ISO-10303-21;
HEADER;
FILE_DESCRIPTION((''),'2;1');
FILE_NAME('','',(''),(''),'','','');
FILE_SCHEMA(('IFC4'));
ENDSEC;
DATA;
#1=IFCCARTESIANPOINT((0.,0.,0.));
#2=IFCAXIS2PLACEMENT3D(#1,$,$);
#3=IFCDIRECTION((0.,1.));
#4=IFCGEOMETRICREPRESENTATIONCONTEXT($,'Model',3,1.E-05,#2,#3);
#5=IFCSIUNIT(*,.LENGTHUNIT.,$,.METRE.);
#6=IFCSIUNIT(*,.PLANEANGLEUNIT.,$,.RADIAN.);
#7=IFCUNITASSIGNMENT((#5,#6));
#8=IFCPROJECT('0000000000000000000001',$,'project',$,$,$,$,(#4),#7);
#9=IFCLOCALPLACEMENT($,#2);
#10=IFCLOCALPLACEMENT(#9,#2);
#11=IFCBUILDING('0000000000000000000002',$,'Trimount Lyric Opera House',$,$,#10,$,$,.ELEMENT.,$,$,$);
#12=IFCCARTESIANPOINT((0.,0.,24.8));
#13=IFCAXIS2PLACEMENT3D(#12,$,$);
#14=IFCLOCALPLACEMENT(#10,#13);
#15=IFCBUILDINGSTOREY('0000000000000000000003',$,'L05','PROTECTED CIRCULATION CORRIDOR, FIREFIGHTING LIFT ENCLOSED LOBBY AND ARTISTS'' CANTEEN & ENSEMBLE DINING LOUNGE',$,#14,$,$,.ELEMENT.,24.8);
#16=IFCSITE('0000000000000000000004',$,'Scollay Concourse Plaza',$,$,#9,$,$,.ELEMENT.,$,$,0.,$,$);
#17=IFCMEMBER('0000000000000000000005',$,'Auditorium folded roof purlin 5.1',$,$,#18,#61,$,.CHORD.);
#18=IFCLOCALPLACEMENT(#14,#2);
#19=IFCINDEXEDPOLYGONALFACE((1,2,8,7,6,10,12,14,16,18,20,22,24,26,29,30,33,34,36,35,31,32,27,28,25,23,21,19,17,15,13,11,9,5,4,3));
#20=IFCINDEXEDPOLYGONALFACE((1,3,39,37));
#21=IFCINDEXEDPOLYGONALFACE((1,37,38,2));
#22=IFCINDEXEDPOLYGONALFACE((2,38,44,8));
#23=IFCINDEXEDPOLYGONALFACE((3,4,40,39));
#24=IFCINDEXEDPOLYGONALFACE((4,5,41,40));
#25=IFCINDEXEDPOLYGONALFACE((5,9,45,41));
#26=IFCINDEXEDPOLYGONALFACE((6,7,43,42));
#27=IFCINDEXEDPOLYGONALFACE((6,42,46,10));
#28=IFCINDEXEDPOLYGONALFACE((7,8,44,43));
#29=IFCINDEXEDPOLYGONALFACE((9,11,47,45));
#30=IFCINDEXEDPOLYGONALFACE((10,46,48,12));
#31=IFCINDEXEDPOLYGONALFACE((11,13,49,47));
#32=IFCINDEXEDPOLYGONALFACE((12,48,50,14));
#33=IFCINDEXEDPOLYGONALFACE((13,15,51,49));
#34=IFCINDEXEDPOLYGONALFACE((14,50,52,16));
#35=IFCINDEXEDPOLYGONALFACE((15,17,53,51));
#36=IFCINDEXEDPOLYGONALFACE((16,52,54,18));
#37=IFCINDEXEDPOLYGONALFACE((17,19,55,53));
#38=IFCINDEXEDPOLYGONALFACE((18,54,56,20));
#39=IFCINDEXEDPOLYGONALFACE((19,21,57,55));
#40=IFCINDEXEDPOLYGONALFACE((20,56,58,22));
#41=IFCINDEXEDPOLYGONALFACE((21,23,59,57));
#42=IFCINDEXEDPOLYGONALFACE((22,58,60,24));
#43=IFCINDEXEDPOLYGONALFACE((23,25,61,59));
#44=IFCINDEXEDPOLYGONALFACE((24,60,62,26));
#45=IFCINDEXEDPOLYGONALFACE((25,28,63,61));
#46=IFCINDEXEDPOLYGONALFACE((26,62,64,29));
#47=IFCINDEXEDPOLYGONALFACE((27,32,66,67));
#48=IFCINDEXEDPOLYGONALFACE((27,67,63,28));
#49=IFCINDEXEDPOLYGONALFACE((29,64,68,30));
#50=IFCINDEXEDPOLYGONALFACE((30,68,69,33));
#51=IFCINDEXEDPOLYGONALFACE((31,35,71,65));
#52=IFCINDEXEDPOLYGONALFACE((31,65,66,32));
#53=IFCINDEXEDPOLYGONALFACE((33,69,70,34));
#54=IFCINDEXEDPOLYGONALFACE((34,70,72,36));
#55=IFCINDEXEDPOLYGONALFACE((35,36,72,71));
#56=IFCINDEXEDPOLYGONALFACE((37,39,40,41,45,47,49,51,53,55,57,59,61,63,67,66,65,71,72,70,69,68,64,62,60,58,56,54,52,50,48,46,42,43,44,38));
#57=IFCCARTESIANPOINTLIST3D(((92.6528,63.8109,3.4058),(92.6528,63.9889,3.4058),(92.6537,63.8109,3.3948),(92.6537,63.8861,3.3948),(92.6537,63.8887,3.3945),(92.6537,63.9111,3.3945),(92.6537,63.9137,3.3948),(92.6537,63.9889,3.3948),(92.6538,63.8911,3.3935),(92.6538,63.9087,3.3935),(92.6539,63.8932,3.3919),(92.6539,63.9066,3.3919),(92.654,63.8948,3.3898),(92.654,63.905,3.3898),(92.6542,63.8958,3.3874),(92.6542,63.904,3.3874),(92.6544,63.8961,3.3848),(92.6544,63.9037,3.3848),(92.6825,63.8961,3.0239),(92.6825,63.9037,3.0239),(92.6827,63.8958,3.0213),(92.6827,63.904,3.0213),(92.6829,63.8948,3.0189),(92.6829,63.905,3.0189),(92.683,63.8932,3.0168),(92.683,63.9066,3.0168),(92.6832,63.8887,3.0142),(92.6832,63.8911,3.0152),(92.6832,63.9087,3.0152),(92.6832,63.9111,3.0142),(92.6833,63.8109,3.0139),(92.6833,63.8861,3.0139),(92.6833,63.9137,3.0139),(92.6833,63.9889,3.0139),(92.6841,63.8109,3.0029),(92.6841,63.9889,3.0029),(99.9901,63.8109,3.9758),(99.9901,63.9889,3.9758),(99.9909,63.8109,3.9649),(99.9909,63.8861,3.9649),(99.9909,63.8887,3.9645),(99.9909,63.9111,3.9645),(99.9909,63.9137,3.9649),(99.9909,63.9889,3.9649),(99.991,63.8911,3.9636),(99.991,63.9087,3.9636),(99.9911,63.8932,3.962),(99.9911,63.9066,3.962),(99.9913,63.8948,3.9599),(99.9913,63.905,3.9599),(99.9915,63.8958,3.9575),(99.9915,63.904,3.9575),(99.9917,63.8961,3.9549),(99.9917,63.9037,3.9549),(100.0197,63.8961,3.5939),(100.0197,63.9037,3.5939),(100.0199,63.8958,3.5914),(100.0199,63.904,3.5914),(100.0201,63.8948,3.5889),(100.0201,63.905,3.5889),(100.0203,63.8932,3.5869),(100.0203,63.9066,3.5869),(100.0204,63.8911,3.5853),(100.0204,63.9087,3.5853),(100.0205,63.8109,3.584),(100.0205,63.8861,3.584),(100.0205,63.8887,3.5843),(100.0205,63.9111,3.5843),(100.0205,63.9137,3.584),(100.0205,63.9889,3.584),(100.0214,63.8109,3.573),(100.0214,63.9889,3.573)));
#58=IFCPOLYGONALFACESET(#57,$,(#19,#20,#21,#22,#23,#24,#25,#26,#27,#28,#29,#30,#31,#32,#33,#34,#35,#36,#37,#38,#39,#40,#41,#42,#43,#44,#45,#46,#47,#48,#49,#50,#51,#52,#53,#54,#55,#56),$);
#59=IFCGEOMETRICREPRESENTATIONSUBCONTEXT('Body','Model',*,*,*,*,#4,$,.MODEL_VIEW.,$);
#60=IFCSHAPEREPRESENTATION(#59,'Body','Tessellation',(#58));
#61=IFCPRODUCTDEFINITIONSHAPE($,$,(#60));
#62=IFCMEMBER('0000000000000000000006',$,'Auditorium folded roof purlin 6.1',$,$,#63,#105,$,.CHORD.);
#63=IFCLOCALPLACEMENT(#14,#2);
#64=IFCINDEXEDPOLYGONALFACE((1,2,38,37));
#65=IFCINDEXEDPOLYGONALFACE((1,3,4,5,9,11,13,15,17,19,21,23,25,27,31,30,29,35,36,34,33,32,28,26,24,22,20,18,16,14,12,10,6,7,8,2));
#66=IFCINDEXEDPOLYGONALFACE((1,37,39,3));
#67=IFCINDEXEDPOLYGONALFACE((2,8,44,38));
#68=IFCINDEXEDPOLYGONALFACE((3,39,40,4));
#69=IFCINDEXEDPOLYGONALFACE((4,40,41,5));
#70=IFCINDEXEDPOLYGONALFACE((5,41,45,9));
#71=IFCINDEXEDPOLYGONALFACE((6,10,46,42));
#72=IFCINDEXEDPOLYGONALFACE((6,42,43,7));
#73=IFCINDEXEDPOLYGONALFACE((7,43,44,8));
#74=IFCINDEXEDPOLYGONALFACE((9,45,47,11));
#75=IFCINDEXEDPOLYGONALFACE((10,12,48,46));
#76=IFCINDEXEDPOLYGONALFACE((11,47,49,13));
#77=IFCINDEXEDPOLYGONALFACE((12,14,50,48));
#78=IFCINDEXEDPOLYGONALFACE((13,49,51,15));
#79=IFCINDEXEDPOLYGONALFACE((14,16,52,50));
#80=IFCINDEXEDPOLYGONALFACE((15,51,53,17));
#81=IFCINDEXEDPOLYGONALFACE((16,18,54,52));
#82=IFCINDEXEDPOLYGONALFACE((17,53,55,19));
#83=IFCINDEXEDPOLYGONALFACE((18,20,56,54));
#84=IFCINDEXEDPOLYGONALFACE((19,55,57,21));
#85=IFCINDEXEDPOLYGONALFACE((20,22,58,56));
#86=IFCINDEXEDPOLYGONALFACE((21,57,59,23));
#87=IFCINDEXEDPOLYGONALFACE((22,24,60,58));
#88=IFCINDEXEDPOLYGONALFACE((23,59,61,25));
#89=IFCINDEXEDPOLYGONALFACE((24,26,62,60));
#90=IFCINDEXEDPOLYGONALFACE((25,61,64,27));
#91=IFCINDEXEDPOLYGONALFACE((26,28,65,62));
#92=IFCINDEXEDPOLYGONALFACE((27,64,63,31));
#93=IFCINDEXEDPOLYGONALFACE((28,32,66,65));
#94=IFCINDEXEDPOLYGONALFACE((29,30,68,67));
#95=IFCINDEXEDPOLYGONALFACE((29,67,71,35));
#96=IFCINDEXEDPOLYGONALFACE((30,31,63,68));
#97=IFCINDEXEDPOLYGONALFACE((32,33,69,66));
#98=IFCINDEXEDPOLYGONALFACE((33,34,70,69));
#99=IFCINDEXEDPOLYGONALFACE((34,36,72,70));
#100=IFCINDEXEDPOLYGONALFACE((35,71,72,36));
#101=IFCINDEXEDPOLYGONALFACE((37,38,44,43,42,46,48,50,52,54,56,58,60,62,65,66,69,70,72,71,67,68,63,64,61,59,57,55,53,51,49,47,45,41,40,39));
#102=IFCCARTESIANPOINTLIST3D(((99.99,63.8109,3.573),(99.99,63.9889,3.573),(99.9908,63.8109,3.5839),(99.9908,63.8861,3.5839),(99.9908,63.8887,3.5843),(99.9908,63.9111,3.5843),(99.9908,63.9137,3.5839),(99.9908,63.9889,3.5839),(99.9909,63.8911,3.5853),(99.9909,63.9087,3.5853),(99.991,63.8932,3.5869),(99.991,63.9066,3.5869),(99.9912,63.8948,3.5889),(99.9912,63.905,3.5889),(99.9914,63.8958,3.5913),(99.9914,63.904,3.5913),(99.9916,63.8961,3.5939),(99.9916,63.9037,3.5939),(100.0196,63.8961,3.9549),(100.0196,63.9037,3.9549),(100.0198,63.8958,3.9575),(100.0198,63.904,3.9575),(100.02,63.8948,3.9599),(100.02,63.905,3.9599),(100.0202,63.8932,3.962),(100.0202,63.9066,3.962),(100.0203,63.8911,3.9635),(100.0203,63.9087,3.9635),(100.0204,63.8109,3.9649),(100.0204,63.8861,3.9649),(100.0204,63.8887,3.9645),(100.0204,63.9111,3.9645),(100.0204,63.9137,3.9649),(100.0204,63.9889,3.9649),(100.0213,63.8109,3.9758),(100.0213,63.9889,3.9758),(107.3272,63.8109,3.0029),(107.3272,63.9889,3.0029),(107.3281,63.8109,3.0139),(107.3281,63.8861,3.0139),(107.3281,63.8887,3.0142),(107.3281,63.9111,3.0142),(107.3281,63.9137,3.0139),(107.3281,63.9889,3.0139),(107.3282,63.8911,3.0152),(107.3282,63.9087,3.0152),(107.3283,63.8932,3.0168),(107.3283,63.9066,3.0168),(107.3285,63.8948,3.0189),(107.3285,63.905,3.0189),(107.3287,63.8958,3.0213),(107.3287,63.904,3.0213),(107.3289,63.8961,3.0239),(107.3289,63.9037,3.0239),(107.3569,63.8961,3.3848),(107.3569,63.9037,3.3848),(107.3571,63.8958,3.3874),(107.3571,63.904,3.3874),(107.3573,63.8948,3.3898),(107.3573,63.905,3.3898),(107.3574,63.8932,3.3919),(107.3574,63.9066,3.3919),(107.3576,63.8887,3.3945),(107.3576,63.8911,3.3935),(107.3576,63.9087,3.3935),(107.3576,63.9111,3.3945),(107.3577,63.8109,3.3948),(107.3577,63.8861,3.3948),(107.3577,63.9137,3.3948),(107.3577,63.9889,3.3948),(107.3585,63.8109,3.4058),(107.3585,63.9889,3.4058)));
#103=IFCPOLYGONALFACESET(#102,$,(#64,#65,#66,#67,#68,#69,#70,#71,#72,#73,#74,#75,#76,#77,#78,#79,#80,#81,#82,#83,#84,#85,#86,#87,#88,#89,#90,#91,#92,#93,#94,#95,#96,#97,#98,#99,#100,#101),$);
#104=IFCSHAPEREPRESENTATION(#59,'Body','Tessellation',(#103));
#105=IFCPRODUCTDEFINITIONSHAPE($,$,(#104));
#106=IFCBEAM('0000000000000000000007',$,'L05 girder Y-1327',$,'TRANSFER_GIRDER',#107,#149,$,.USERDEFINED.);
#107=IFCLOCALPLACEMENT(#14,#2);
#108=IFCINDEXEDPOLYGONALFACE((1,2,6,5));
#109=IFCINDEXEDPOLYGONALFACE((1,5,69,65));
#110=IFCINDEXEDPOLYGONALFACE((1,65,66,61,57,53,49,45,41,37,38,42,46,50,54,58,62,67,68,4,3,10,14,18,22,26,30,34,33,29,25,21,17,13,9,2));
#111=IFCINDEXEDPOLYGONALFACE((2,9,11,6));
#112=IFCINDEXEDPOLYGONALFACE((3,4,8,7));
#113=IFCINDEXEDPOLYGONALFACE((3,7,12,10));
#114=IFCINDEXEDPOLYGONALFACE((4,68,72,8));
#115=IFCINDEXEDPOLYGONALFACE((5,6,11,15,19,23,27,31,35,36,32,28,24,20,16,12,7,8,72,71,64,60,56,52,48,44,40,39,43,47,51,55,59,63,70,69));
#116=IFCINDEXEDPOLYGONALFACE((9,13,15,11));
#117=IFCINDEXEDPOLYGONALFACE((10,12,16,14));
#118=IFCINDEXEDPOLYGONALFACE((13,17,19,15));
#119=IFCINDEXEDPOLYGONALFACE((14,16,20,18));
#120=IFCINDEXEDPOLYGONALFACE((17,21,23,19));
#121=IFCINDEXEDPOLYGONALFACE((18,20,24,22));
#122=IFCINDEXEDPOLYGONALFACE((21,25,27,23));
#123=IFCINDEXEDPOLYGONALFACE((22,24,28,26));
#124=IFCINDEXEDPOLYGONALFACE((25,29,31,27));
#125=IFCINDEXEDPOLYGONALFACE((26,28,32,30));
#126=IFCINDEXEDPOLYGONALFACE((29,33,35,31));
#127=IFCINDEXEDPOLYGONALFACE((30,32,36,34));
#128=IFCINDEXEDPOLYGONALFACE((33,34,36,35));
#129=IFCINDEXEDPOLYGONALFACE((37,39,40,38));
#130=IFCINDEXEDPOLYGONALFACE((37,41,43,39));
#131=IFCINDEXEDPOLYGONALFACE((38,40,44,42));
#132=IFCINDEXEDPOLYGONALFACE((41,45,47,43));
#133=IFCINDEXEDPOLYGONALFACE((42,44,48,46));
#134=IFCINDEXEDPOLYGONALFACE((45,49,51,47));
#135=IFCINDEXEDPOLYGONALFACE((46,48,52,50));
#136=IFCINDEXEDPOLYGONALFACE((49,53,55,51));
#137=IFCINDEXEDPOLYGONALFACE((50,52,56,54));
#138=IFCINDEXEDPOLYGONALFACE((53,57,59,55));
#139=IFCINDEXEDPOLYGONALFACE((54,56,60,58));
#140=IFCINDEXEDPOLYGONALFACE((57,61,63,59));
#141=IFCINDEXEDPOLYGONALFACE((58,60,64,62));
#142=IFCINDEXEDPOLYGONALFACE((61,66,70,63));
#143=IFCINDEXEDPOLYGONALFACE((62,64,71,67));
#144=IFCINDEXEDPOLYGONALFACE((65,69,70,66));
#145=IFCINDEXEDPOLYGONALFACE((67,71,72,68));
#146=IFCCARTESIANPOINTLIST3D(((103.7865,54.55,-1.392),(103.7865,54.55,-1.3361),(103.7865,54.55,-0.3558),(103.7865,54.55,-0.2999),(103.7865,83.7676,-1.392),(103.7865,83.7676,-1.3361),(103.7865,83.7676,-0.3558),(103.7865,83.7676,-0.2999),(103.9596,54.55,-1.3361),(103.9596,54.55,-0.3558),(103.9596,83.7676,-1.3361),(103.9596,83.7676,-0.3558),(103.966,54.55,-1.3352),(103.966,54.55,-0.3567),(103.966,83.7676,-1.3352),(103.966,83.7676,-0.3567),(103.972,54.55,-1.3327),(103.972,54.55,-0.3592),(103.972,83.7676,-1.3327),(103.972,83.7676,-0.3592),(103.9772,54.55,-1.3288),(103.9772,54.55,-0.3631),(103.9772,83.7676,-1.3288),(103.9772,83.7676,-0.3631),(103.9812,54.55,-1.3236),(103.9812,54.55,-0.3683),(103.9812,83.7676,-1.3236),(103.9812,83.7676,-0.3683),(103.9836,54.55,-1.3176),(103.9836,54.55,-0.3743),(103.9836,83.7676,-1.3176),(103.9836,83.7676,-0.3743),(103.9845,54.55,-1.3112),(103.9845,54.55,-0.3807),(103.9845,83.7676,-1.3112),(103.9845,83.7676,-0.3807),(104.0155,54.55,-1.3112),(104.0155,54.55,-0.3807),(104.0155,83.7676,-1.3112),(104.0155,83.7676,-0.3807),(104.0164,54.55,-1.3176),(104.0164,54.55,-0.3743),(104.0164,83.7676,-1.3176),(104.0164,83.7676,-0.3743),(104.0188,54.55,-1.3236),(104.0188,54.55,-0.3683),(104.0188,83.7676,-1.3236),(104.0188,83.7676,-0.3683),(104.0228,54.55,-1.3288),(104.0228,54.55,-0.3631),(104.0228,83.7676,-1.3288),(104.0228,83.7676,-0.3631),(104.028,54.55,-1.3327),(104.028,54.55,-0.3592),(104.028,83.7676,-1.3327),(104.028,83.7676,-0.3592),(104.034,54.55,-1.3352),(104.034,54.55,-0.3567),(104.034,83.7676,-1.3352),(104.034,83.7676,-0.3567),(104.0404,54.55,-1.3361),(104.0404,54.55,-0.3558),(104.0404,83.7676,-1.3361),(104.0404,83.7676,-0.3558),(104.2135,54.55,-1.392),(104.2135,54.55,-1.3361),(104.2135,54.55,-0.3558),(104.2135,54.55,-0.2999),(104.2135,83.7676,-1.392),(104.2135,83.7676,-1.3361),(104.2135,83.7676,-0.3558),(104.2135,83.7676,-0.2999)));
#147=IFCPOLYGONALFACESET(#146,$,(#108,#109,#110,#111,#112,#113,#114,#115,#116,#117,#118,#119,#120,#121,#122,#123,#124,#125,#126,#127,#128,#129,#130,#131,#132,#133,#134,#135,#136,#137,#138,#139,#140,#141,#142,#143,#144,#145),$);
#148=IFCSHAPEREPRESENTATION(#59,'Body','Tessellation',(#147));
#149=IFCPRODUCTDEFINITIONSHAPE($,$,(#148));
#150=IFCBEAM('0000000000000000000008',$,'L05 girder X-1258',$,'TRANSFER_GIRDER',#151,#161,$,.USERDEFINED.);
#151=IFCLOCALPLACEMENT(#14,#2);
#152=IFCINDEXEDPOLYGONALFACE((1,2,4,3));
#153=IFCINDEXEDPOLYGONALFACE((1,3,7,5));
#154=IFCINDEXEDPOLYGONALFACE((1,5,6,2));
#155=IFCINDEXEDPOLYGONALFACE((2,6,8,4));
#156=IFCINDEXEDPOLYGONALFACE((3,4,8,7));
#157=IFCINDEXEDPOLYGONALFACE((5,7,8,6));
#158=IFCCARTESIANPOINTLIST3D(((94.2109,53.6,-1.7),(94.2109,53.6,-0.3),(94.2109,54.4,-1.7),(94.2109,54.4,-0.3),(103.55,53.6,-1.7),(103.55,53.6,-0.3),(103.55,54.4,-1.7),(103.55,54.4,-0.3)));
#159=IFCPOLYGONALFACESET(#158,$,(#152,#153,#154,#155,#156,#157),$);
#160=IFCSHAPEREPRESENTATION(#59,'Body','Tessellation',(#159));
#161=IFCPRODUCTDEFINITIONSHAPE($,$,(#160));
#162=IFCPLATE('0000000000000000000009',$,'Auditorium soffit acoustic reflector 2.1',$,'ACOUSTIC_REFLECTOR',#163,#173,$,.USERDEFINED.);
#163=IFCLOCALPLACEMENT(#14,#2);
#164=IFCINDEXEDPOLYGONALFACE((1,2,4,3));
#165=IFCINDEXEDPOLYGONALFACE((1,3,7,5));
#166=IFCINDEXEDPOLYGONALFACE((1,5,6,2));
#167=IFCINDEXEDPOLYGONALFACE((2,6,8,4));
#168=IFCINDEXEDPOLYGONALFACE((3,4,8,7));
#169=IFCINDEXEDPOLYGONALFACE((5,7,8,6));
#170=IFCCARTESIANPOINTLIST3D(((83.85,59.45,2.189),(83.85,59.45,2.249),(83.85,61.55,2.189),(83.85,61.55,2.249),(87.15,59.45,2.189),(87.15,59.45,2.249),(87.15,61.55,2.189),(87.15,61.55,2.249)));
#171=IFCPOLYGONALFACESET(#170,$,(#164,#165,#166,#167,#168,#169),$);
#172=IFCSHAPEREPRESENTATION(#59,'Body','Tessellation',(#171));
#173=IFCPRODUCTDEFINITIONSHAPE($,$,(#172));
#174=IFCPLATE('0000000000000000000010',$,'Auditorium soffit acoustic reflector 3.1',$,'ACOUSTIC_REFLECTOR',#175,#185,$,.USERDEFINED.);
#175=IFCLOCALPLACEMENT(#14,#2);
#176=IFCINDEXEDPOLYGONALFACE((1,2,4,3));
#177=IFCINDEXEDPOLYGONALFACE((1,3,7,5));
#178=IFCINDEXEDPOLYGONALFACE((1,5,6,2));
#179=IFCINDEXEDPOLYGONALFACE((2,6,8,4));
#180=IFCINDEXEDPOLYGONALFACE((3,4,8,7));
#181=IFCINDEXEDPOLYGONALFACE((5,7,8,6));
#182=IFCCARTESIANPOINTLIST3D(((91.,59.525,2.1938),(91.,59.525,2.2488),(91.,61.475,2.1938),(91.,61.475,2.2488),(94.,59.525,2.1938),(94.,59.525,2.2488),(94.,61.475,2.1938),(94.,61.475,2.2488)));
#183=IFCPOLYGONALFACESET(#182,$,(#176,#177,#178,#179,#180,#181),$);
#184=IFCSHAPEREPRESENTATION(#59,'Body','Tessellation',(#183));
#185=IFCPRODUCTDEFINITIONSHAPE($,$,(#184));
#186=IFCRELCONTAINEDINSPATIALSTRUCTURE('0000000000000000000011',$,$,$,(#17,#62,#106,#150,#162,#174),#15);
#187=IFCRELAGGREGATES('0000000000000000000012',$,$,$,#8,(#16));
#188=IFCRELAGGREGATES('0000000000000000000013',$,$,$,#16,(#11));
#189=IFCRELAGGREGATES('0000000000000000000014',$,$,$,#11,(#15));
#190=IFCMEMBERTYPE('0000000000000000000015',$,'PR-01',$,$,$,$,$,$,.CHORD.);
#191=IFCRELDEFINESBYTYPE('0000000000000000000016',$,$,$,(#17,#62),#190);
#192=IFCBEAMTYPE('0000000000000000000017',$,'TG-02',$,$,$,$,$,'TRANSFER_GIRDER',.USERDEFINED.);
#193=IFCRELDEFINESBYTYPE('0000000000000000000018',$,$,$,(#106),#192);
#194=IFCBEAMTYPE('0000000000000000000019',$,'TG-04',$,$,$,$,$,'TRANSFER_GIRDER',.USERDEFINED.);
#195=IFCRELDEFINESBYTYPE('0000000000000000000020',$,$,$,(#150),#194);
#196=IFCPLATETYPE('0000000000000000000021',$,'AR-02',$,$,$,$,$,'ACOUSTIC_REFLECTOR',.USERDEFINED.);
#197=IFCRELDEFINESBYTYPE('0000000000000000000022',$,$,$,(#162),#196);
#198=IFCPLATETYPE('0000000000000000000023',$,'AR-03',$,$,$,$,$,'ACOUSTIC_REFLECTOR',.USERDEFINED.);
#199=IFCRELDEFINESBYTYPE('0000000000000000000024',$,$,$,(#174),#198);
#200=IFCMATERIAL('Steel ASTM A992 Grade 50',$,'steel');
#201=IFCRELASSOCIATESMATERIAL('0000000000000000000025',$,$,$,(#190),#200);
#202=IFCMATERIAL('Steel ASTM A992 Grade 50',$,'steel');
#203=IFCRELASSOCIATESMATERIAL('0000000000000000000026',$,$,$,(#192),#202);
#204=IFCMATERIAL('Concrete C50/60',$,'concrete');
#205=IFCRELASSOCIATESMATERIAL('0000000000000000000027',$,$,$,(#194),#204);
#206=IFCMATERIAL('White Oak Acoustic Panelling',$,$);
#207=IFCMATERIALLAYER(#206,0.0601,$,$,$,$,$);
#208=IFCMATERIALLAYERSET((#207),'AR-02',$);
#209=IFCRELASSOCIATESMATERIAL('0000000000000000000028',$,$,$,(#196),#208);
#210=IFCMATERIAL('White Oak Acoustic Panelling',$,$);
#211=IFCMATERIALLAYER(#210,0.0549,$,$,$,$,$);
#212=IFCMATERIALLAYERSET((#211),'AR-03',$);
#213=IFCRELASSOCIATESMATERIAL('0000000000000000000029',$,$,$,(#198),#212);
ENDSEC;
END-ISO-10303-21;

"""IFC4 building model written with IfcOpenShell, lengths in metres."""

from ifc_helpers import new_model, si_unit, direction, frame, origin, origin_2d, place, context, subcontext, project, spatial, rectangle, i_section, extrude, material, layer, layer_set, material_profile, profile_set, type_object, element, save


model = new_model("IFC4")

# Units and contexts
model_context = context("Model", 3, precision=1e-05, world=origin(), true_north=direction((0.0, 1.0)))
body_context = subcontext(model_context, "Body", "Model", "MODEL_VIEW")
ifc_project = project(units=[si_unit("LENGTHUNIT", "METRE"), si_unit("PLANEANGLEUNIT", "RADIAN")], contexts=[model_context])

# Site, building, storey
site_placement = place(None, origin())
site = spatial("IfcSite", under=ifc_project, at=site_placement, Name="Scollay Concourse Plaza", CompositionType="ELEMENT", RefElevation=0.0)
building_placement = place(site_placement, origin())
building = spatial("IfcBuilding", under=site, at=building_placement, Name="Trimount Lyric Opera House", CompositionType="ELEMENT")
storey_placement = place(building_placement, frame((0.0, 0.0, 24.8)))
storey = spatial("IfcBuildingStorey", under=building, at=storey_placement, Name="L05", Description="PROTECTED CIRCULATION CORRIDOR, FIREFIGHTING LIFT ENCLOSED LOBBY AND ARTISTS' CANTEEN & ENSEMBLE DINING LOUNGE", CompositionType="ELEMENT", Elevation=24.8)

# Members
ifc_material_1 = material(Name="Steel ASTM A992 Grade 50", Category="steel")
ifc_material_profile_1 = material_profile(ifc_material_1, i_section(OverallWidth=0.178, OverallDepth=0.4041, WebThickness=0.0076, FlangeThickness=0.011, FilletRadius=0.01, at=origin_2d()), Name="W16X36")
ifc_profile_set_1 = profile_set([ifc_material_profile_1], Name="Steel ASTM A992 Grade 50")
member_type = type_object("IfcMemberType", Name="PR-01", PredefinedType="CHORD", material=ifc_profile_set_1)
for number, where, z_axis, x_axis, name in (
    (1, (92.6685, 63.8999, 3.2043), (0.996995, 0.0, 0.077463), (0.0, 1.0, 0.0), "Auditorium folded roof purlin 5.1"),
    (2, (100.0056, 63.8999, 3.7744), (0.996995, 0.0, -0.077463), (0.0, 1.0, 0.0), "Auditorium folded roof purlin 6.1"),
):
    element("IfcMember", number, at=place(storey_placement, frame(where, z_axis=z_axis, x_axis=x_axis)), inside=storey, type_object=member_type, Name=name, PredefinedType="CHORD", context=body_context, shape_type="SweptSolid", body=[
        extrude(i_section(OverallWidth=0.178, OverallDepth=0.4041, WebThickness=0.0076, FlangeThickness=0.011, FilletRadius=0.01, at=origin_2d()), origin(), (0.0, 0.0, 1.0), 7.3594),
    ])

# Beams
ifc_material_2 = material(Name="Steel ASTM A992 Grade 50", Category="steel")
ifc_material_profile_2 = material_profile(ifc_material_2, i_section(OverallWidth=0.427, OverallDepth=1.092, WebThickness=0.031, FlangeThickness=0.0559, FilletRadius=0.0249, at=origin_2d()), Name="W40X397")
ifc_profile_set_2 = profile_set([ifc_material_profile_2], Name="Steel ASTM A992 Grade 50")
beam_type_1 = type_object("IfcBeamType", Name="TG-02", ElementType="TRANSFER_GIRDER", PredefinedType="USERDEFINED", material=ifc_profile_set_2)
beam_1_placement = place(storey_placement, frame((104.0, 54.55, -0.8459), z_axis=(0.0, 1.0, 0.0), x_axis=(-1.0, 0.0, 0.0)))
element("IfcBeam", 3, at=beam_1_placement, inside=storey, type_object=beam_type_1, Name="L05 girder Y-1327", ObjectType="TRANSFER_GIRDER", PredefinedType="USERDEFINED", context=body_context, shape_type="SweptSolid", body=[
    extrude(i_section(OverallWidth=0.427, OverallDepth=1.092, WebThickness=0.031, FlangeThickness=0.0559, FilletRadius=0.0249, at=origin_2d()), origin(), (0.0, 0.0, 1.0), 29.2175),
])
ifc_material_3 = material(Name="Concrete C50/60", Category="concrete")
ifc_material_profile_3 = material_profile(ifc_material_3, rectangle(XDim=0.8, YDim=1.3999, at=origin_2d()), Name="RC800X1400")
ifc_profile_set_3 = profile_set([ifc_material_profile_3], Name="Concrete C50/60")
beam_type_2 = type_object("IfcBeamType", Name="TG-04", ElementType="TRANSFER_GIRDER", PredefinedType="USERDEFINED", material=ifc_profile_set_3)
beam_2_placement = place(storey_placement, frame((94.2109, 54.0, -1.0), z_axis=(1.0, 0.0, 0.0), x_axis=(0.0, 1.0, 0.0)))
element("IfcBeam", 4, at=beam_2_placement, inside=storey, type_object=beam_type_2, Name="L05 girder X-1258", ObjectType="TRANSFER_GIRDER", PredefinedType="USERDEFINED", context=body_context, shape_type="SweptSolid", body=[
    extrude(rectangle(XDim=0.8, YDim=1.3999, at=origin_2d()), origin(), (0.0, 0.0, 1.0), 9.3391),
])

# Plates
ifc_material_4 = material(Name="White Oak Acoustic Panelling")
ifc_layer_1 = layer(ifc_material_4, 0.0601)
ifc_layer_set_1 = layer_set([ifc_layer_1], Name="AR-02")
plate_type_1 = type_object("IfcPlateType", Name="AR-02", ElementType="ACOUSTIC_REFLECTOR", PredefinedType="USERDEFINED", material=ifc_layer_set_1)
plate_1_placement = place(storey_placement, frame((85.5, 60.5, 2.189), z_axis=(0.0, 0.0, 1.0), x_axis=(1.0, 0.0, 0.0)))
element("IfcPlate", 5, at=plate_1_placement, inside=storey, type_object=plate_type_1, Name="Auditorium soffit acoustic reflector 2.1", ObjectType="ACOUSTIC_REFLECTOR", PredefinedType="USERDEFINED", context=body_context, shape_type="SweptSolid", body=[
    extrude(rectangle(XDim=3.3, YDim=2.1001, at=origin_2d()), origin(), (0.0, 0.0, 1.0), 0.0601),
])
ifc_material_5 = material(Name="White Oak Acoustic Panelling")
ifc_layer_2 = layer(ifc_material_5, 0.0549)
ifc_layer_set_2 = layer_set([ifc_layer_2], Name="AR-03")
plate_type_2 = type_object("IfcPlateType", Name="AR-03", ElementType="ACOUSTIC_REFLECTOR", PredefinedType="USERDEFINED", material=ifc_layer_set_2)
plate_2_placement = place(storey_placement, frame((92.5, 60.5, 2.1938), z_axis=(0.0, 0.0, 1.0), x_axis=(1.0, 0.0, 0.0)))
element("IfcPlate", 6, at=plate_2_placement, inside=storey, type_object=plate_type_2, Name="Auditorium soffit acoustic reflector 3.1", ObjectType="ACOUSTIC_REFLECTOR", PredefinedType="USERDEFINED", context=body_context, shape_type="SweptSolid", body=[
    extrude(rectangle(XDim=3.0, YDim=1.95, at=origin_2d()), origin(), (0.0, 0.0, 1.0), 0.0549),
])

save(model, "model.ifc")
